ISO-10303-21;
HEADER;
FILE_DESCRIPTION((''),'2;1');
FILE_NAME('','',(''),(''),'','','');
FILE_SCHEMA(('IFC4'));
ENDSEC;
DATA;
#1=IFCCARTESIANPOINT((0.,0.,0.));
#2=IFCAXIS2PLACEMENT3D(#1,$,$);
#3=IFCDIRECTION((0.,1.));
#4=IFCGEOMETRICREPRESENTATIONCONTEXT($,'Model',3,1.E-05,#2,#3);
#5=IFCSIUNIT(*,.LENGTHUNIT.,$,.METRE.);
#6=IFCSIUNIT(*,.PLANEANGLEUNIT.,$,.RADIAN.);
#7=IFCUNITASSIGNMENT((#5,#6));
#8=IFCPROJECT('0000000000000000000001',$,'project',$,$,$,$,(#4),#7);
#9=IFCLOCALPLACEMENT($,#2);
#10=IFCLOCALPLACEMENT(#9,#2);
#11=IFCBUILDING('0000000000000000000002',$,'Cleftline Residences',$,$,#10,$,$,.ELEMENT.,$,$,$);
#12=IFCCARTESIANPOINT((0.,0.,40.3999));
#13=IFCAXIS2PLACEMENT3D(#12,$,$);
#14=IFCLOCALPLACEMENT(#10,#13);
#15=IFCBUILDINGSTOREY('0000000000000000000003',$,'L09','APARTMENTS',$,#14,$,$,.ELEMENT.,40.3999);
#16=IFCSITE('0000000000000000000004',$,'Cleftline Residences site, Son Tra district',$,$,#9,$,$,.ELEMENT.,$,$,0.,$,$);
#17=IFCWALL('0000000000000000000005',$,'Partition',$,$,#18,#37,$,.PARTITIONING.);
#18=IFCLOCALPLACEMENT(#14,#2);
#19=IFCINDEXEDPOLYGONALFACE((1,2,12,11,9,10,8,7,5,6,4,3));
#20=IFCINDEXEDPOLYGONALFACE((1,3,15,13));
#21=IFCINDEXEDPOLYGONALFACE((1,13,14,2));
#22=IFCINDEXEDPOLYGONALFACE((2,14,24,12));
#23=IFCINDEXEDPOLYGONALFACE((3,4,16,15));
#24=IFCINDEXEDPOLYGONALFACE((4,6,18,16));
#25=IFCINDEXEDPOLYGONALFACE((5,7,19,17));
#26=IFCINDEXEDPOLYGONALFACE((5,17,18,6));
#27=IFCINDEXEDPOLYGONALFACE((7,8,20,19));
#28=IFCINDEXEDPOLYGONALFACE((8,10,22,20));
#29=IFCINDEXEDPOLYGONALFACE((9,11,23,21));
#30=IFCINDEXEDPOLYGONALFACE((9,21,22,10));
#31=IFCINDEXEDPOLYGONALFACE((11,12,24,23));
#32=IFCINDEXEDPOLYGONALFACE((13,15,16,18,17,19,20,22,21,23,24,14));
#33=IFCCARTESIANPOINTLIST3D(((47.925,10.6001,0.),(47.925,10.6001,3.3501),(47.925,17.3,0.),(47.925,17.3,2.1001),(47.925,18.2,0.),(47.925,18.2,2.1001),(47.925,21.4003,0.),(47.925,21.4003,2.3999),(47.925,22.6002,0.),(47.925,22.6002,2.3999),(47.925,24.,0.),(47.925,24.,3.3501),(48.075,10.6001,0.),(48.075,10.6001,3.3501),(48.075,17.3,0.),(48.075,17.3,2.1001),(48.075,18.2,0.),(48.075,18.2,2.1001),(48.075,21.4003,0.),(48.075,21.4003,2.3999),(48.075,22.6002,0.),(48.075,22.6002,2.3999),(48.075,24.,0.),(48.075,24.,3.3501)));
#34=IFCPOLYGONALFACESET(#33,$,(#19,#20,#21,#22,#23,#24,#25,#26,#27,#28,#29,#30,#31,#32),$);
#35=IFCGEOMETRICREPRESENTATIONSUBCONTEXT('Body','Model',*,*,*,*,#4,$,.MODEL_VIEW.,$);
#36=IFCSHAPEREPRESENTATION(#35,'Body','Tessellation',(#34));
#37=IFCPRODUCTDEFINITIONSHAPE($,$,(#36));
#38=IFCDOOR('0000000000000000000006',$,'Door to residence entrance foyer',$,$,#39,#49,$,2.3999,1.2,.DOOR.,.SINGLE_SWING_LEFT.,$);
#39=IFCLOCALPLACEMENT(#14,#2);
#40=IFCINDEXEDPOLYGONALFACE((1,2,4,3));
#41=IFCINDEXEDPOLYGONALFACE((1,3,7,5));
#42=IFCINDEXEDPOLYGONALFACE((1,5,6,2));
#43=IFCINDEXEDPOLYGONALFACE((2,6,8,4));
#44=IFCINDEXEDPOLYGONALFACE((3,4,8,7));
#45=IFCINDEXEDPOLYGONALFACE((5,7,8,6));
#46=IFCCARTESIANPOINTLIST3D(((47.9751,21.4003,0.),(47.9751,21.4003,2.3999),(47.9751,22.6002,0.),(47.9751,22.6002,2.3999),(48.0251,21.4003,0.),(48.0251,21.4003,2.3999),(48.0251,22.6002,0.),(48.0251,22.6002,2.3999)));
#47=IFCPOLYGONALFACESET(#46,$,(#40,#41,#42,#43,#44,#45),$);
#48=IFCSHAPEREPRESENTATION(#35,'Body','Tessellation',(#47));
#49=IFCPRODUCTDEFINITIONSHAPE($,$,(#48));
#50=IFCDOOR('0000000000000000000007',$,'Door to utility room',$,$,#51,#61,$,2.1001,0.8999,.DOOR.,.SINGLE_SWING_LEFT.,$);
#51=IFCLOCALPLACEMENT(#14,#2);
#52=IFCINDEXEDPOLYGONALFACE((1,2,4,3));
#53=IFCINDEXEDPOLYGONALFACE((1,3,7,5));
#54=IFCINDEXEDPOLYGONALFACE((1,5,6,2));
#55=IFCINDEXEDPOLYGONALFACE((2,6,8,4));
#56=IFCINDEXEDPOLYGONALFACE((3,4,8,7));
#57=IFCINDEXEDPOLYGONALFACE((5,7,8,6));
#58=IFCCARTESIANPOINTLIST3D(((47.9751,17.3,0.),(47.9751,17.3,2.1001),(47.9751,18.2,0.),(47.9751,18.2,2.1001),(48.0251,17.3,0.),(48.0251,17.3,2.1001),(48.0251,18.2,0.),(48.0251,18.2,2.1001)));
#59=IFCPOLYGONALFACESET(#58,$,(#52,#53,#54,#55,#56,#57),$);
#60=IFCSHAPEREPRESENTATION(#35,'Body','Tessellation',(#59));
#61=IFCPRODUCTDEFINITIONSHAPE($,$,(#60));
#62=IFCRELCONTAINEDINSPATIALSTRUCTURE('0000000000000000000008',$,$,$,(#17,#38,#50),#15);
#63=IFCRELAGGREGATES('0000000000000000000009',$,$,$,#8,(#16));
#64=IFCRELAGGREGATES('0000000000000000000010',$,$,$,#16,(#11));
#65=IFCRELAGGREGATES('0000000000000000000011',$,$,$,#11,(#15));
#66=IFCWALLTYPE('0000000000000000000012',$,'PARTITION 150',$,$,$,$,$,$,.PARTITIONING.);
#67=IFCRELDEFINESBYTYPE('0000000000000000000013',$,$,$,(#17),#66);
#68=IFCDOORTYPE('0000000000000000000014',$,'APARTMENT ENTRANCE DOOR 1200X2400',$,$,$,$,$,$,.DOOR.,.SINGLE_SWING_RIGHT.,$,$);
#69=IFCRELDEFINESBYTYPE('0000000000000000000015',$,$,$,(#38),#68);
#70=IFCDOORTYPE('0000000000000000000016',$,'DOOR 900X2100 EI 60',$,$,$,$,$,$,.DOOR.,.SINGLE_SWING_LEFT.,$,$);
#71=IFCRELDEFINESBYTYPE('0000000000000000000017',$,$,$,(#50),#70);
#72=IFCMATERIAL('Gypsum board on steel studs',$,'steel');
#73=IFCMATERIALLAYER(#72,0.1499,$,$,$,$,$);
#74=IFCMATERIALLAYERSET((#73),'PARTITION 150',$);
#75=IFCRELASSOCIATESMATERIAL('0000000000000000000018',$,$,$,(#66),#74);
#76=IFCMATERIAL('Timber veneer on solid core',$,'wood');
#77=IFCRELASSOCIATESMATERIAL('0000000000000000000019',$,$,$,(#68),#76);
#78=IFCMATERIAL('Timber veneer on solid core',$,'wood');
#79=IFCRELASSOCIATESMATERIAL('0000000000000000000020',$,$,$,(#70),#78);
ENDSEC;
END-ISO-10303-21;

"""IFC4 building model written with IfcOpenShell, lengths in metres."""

from ifc_helpers import new_model, si_unit, direction, frame, frame_2d, origin, place, context, subcontext, project, spatial, rectangle, extrude, material, layer, layer_set, type_object, element, fill, save


model = new_model("IFC4")

# Units and contexts
model_context = context("Model", 3, precision=1e-05, world=origin(), true_north=direction((0.0, 1.0)))
body_context = subcontext(model_context, "Body", "Model", "MODEL_VIEW")
ifc_project = project(units=[si_unit("LENGTHUNIT", "METRE"), si_unit("PLANEANGLEUNIT", "RADIAN")], contexts=[model_context])

# Site, building, storey
site_placement = place(None, origin())
site = spatial("IfcSite", under=ifc_project, at=site_placement, Name="Cleftline Residences site, Son Tra district", CompositionType="ELEMENT", RefElevation=0.0)
building_placement = place(site_placement, origin())
building = spatial("IfcBuilding", under=site, at=building_placement, Name="Cleftline Residences", CompositionType="ELEMENT")
storey_placement = place(building_placement, frame((0.0, 0.0, 40.3999)))
storey = spatial("IfcBuildingStorey", under=building, at=storey_placement, Name="L09", Description="APARTMENTS", CompositionType="ELEMENT", Elevation=40.3999)

# Shared definitions
ifc_material_1 = material(Name="Gypsum board on steel studs", Category="steel")
ifc_layer_1 = layer(ifc_material_1, 0.1499)
ifc_layer_set_1 = layer_set([ifc_layer_1], Name="PARTITION 150")
wall_type = type_object("IfcWallType", Name="PARTITION 150", PredefinedType="PARTITIONING", material=ifc_layer_set_1)

# Wall, openings, doors
wall_1_placement = place(storey_placement, frame((48.0, 10.6001, 0.0), z_axis=(0.0, 0.0, 1.0), x_axis=(0.0, 1.0, 0.0)))
wall_1 = element("IfcWall", 1, at=wall_1_placement, inside=storey, type_object=wall_type, Name="Partition", PredefinedType="PARTITIONING", context=body_context, shape_type="SweptSolid", body=[
    extrude(rectangle(XDim=13.3999, YDim=0.1499, at=frame_2d((6.7, 0.0))), origin(), (0.0, 0.0, 1.0), 3.3501),
])
opening_1_placement = place(wall_1_placement, frame((10.8, 0.0, 0.0)))
opening_1 = element("IfcOpeningElement", 2, at=opening_1_placement, cuts=wall_1, PredefinedType="OPENING", context=body_context, shape_type="SweptSolid", body=[
    extrude(rectangle(XDim=1.2, YDim=2.3999, at=frame_2d((0.6001, 1.2))), frame((0.0, 0.085, 0.0), z_axis=(0.0, -1.0, 0.0), x_axis=(1.0, 0.0, 0.0)), (0.0, 0.0, 1.0), 0.1699),
])
opening_2_placement = place(wall_1_placement, frame((6.7, 0.0, 0.0)))
opening_2 = element("IfcOpeningElement", 3, at=opening_2_placement, cuts=wall_1, PredefinedType="OPENING", context=body_context, shape_type="SweptSolid", body=[
    extrude(rectangle(XDim=0.8999, YDim=2.1001, at=frame_2d((0.45, 1.05))), frame((0.0, 0.085, 0.0), z_axis=(0.0, -1.0, 0.0), x_axis=(1.0, 0.0, 0.0)), (0.0, 0.0, 1.0), 0.1699),
])
ifc_material_2 = material(Name="Timber veneer on solid core", Category="wood")
door_type_1 = type_object("IfcDoorType", Name="APARTMENT ENTRANCE DOOR 1200X2400", OperationType="SINGLE_SWING_RIGHT", PredefinedType="DOOR", material=ifc_material_2)
door_1_placement = place(opening_1_placement, origin())
door_1 = element("IfcDoor", 4, at=door_1_placement, inside=storey, type_object=door_type_1, Name="Door to residence entrance foyer", OperationType="SINGLE_SWING_LEFT", OverallHeight=2.3999, OverallWidth=1.2, PredefinedType="DOOR", context=body_context, shape_type="SweptSolid", body=[
    extrude(rectangle(XDim=1.2, YDim=2.3999, at=frame_2d((0.6001, 1.2))), frame((0.0, 0.0249, 0.0), z_axis=(0.0, -1.0, 0.0), x_axis=(1.0, 0.0, 0.0)), (0.0, 0.0, 1.0), 0.05),
])
fill(opening_1, door_1)
ifc_material_3 = material(Name="Timber veneer on solid core", Category="wood")
door_type_2 = type_object("IfcDoorType", Name="DOOR 900X2100 EI 60", OperationType="SINGLE_SWING_LEFT", PredefinedType="DOOR", material=ifc_material_3)
door_2_placement = place(opening_2_placement, origin())
door_2 = element("IfcDoor", 5, at=door_2_placement, inside=storey, type_object=door_type_2, Name="Door to utility room", OperationType="SINGLE_SWING_LEFT", OverallHeight=2.1001, OverallWidth=0.8999, PredefinedType="DOOR", context=body_context, shape_type="SweptSolid", body=[
    extrude(rectangle(XDim=0.8999, YDim=2.1001, at=frame_2d((0.45, 1.05))), frame((0.0, 0.0249, 0.0), z_axis=(0.0, -1.0, 0.0), x_axis=(1.0, 0.0, 0.0)), (0.0, 0.0, 1.0), 0.05),
])
fill(opening_2, door_2)

save(model, "model.ifc")
